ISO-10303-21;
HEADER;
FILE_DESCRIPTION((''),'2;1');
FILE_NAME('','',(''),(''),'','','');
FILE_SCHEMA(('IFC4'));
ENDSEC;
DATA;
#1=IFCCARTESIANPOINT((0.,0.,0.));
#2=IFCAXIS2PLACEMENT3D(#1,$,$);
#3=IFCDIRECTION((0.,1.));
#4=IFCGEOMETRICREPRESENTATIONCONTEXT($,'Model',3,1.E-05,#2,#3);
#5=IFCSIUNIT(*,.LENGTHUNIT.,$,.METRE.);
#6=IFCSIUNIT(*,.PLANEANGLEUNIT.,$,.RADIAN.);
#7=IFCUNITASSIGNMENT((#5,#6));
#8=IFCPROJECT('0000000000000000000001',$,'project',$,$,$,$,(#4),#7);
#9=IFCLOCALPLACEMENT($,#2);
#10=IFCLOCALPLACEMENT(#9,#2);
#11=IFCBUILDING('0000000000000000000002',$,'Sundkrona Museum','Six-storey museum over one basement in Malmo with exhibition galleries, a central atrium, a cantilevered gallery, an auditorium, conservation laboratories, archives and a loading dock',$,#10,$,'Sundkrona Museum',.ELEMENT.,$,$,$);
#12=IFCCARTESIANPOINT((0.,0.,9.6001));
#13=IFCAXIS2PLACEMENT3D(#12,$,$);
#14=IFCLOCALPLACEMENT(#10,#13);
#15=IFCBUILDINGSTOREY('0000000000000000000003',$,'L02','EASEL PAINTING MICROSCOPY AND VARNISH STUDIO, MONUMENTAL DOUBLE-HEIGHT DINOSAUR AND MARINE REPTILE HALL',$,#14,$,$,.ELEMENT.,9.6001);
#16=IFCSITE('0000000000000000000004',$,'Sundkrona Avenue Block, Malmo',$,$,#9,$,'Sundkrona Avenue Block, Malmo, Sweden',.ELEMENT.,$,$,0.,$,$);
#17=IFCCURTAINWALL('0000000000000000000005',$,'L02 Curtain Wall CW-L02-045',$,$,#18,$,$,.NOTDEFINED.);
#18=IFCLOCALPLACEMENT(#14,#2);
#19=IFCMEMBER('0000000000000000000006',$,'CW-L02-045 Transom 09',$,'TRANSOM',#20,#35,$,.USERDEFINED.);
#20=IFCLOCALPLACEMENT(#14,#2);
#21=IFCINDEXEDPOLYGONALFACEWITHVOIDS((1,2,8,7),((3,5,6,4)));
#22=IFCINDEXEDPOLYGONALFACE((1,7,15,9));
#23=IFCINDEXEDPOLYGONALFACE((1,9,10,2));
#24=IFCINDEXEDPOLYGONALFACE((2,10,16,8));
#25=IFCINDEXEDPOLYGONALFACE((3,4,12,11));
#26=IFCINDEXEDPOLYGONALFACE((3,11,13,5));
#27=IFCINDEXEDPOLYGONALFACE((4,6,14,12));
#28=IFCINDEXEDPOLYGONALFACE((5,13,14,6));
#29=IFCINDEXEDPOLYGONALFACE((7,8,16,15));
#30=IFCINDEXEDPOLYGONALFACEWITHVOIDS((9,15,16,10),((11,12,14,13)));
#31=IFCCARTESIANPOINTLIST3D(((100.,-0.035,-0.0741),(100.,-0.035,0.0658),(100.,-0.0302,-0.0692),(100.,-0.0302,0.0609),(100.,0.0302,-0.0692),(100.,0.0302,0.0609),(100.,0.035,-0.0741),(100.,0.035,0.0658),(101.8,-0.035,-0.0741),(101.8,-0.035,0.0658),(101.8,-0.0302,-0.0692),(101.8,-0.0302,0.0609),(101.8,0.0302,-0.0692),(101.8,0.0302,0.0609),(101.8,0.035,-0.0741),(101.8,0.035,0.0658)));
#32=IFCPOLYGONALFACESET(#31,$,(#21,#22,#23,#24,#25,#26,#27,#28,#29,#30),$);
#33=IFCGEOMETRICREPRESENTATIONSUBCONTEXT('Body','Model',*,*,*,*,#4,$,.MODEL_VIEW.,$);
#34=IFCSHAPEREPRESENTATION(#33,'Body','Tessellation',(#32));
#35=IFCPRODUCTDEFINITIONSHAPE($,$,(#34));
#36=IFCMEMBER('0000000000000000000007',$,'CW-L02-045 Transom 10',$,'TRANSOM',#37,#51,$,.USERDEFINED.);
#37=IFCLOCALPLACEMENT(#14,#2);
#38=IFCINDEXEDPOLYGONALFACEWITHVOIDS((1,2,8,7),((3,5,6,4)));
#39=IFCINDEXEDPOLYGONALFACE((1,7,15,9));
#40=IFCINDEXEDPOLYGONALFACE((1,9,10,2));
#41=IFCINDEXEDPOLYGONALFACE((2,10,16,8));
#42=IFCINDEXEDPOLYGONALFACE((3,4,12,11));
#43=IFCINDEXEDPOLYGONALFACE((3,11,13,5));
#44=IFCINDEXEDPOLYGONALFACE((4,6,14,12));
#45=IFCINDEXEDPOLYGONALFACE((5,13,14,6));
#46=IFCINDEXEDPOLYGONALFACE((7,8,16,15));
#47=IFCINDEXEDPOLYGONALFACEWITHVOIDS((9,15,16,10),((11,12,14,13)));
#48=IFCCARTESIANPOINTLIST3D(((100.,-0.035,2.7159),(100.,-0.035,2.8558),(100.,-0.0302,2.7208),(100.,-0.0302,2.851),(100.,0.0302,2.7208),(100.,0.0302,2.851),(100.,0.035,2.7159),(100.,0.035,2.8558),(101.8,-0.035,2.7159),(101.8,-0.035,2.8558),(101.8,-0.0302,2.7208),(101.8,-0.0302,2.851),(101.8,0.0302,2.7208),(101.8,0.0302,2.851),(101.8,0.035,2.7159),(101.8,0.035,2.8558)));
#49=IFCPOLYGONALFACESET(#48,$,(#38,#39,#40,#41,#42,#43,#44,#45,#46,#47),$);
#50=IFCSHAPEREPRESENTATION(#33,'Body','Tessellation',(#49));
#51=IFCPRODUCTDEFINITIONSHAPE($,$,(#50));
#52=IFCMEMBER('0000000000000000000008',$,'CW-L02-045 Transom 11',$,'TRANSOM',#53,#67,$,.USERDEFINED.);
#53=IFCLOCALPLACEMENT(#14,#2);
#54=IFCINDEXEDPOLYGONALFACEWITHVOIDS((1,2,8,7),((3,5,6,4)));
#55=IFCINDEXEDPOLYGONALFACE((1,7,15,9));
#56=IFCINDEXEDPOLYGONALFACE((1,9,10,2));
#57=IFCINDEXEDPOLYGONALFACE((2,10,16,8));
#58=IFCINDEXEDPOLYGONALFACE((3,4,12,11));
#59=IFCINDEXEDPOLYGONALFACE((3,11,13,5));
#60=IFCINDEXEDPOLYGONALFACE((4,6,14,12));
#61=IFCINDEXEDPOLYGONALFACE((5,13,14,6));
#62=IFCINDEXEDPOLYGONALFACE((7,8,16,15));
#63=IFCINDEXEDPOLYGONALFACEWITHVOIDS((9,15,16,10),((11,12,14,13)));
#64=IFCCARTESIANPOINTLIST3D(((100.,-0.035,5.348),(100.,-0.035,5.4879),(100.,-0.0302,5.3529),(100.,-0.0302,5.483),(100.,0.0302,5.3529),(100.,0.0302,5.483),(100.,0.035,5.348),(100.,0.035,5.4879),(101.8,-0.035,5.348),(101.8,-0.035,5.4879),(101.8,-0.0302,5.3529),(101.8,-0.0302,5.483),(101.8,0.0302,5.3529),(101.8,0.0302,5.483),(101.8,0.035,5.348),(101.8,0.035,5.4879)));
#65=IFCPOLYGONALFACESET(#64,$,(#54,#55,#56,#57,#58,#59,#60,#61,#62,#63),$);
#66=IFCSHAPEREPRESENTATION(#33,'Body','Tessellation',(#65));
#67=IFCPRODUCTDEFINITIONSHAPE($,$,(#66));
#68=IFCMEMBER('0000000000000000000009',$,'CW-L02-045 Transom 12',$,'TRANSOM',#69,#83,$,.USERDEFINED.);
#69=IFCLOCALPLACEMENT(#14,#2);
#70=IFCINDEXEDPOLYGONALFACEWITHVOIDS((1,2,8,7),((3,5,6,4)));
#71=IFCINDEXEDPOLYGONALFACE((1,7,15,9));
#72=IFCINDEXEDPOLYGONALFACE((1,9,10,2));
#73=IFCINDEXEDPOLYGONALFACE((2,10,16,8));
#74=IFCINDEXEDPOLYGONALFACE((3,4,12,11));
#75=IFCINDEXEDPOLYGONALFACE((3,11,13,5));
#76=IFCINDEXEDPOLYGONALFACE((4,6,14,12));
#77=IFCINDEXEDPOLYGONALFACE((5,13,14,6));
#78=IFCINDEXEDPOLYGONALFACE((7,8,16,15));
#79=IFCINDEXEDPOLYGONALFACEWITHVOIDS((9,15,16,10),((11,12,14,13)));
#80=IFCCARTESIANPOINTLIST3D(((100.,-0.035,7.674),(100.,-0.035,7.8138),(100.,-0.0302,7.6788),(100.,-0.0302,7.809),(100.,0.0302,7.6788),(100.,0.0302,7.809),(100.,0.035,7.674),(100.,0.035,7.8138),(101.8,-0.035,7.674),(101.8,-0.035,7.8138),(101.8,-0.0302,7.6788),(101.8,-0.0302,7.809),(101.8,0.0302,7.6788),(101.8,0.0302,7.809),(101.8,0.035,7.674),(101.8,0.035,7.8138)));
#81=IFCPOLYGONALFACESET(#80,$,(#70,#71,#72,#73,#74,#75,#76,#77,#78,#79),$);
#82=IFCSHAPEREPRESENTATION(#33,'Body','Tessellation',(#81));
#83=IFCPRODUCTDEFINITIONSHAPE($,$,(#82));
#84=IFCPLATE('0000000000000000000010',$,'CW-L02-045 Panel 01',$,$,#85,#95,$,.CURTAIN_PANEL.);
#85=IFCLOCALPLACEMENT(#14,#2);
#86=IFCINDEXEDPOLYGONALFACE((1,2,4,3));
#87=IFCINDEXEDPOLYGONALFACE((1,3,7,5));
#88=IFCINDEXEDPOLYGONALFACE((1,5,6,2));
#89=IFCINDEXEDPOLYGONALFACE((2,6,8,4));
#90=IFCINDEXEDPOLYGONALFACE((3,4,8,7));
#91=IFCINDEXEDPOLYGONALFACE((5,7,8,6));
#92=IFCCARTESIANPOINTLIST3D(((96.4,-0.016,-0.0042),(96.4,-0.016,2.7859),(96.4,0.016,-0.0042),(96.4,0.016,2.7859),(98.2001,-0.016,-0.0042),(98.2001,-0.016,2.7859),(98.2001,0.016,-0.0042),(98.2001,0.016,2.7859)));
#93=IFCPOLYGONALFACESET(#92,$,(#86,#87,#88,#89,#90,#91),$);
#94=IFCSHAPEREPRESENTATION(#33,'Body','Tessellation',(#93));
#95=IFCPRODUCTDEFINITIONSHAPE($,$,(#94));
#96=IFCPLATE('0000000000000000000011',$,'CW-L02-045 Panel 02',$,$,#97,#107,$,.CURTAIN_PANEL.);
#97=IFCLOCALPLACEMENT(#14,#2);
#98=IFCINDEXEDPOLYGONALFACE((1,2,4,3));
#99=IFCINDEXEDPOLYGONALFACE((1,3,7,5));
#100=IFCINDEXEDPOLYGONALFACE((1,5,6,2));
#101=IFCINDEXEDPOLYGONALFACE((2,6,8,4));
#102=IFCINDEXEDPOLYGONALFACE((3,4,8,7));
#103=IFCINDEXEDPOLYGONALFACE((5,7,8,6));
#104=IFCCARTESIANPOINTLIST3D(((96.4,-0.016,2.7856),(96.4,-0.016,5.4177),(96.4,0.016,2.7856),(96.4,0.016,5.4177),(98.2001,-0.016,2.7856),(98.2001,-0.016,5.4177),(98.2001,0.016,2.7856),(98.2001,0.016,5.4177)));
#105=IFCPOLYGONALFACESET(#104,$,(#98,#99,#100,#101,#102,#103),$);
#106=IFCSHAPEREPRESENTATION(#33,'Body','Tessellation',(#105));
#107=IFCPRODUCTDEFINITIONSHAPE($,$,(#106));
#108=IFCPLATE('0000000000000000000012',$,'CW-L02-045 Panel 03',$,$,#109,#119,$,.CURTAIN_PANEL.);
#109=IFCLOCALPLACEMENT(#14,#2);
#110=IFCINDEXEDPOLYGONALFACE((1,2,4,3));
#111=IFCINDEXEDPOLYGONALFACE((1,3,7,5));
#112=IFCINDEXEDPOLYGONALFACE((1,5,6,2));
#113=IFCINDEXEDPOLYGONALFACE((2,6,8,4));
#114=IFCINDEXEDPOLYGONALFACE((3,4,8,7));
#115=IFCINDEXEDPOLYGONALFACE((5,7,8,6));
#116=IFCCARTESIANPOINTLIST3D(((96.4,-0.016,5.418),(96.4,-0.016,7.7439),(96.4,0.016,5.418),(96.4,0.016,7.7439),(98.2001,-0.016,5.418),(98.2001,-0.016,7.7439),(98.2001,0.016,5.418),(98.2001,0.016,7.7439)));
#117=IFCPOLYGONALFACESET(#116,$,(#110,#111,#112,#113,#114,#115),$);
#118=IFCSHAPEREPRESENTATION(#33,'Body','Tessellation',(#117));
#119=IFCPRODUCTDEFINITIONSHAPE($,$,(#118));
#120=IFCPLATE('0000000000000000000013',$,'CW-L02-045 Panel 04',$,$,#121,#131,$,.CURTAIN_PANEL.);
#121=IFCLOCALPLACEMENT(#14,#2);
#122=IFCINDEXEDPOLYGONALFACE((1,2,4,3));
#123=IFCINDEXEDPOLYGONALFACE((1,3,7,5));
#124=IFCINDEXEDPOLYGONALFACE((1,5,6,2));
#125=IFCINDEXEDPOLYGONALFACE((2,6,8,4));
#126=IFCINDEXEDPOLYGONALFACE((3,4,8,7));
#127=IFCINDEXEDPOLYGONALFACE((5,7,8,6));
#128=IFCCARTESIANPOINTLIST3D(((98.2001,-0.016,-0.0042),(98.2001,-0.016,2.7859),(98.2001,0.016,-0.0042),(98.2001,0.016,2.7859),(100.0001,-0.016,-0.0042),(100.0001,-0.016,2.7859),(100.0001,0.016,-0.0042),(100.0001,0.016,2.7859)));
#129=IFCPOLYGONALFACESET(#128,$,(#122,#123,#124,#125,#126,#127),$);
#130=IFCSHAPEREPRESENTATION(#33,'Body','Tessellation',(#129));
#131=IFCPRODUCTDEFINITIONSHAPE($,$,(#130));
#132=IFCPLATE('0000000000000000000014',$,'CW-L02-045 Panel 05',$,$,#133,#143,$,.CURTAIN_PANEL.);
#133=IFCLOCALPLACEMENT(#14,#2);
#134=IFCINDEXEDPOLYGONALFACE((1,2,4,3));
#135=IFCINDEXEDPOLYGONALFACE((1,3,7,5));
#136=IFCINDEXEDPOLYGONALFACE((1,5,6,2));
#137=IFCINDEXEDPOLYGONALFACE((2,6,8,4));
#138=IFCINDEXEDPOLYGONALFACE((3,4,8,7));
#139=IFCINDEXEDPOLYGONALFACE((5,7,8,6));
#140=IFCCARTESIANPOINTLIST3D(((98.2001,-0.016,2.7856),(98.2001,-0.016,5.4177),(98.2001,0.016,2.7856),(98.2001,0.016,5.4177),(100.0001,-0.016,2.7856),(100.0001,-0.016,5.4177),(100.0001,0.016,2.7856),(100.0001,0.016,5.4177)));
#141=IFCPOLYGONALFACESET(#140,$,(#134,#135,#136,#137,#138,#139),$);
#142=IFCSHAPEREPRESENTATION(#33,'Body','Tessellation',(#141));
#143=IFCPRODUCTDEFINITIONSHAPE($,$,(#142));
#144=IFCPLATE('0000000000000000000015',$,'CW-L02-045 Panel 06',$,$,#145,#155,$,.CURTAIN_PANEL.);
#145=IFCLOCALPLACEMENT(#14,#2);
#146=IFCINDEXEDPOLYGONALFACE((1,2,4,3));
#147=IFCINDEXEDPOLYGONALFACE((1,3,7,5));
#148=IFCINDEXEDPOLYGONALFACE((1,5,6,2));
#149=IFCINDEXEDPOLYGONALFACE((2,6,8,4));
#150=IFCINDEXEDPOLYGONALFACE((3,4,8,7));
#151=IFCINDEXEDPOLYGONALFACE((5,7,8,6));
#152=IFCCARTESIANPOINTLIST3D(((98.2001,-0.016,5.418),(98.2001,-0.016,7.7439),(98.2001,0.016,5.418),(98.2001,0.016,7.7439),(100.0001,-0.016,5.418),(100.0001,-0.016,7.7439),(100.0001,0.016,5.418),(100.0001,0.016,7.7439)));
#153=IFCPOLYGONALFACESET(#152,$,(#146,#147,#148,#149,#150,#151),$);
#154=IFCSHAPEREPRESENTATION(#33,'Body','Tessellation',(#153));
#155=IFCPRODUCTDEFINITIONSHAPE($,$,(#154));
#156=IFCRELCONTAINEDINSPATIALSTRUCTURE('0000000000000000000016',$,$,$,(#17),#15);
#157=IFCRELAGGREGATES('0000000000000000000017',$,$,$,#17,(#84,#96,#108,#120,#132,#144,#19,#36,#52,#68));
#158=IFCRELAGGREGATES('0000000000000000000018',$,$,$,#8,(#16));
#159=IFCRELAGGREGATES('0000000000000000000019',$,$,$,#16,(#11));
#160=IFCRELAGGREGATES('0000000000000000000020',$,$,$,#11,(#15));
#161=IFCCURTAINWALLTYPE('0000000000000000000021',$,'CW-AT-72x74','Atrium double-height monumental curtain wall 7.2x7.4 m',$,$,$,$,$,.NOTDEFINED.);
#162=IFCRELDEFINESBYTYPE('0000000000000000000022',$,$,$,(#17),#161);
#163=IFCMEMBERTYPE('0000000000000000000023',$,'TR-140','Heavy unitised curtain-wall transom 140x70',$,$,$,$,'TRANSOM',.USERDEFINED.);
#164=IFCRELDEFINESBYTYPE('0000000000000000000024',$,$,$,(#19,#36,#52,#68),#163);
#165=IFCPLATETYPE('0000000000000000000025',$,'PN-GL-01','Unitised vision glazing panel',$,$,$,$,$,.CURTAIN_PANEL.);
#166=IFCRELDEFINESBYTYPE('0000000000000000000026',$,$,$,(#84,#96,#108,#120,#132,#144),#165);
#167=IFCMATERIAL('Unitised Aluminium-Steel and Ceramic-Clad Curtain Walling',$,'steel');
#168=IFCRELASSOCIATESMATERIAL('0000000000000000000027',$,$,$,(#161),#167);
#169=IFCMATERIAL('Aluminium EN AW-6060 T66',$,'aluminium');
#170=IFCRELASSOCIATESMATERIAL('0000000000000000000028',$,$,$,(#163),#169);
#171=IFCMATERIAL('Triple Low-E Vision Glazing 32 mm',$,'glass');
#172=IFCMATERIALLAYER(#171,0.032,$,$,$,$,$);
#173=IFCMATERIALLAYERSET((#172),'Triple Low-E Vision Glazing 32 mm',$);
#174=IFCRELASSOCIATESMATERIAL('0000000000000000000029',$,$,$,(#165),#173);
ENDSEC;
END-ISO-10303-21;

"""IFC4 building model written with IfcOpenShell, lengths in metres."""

from ifc_helpers import new_model, si_unit, direction, frame, origin, origin_2d, place, context, subcontext, project, spatial, rectangle, hollow_rectangle, extrude, material, layer, layer_set, material_profile, profile_set, type_object, element, aggregate, save


model = new_model("IFC4")

# Units and contexts
model_context = context("Model", 3, precision=1e-05, world=origin(), true_north=direction((0.0, 1.0)))
body_context = subcontext(model_context, "Body", "Model", "MODEL_VIEW")
ifc_project = project(units=[si_unit("LENGTHUNIT", "METRE"), si_unit("PLANEANGLEUNIT", "RADIAN")], contexts=[model_context])

# Site, building, storey
site_placement = place(None, origin())
site = spatial("IfcSite", under=ifc_project, at=site_placement, Name="Sundkrona Avenue Block, Malmo", LongName="Sundkrona Avenue Block, Malmo, Sweden", CompositionType="ELEMENT", RefElevation=0.0)
building_placement = place(site_placement, origin())
building = spatial("IfcBuilding", under=site, at=building_placement, Name="Sundkrona Museum", Description="Six-storey museum over one basement in Malmo with exhibition galleries, a central atrium, a cantilevered gallery, an auditorium, conservation laboratories, archives and a loading dock", LongName="Sundkrona Museum", CompositionType="ELEMENT")
storey_placement = place(building_placement, frame((0.0, 0.0, 9.6001)))
storey = spatial("IfcBuildingStorey", under=building, at=storey_placement, Name="L02", Description="EASEL PAINTING MICROSCOPY AND VARNISH STUDIO, MONUMENTAL DOUBLE-HEIGHT DINOSAUR AND MARINE REPTILE HALL", CompositionType="ELEMENT", Elevation=9.6001)

# Curtain wall
ifc_material_1 = material(Name="Unitised Aluminium-Steel and Ceramic-Clad Curtain Walling", Category="steel")
curtain_wall_type = type_object("IfcCurtainWallType", Name="CW-AT-72x74", Description="Atrium double-height monumental curtain wall 7.2x7.4 m", PredefinedType="NOTDEFINED", material=ifc_material_1)
curtain_wall_placement = place(storey_placement, origin())
curtain_wall = element("IfcCurtainWall", 1, at=curtain_wall_placement, inside=storey, type_object=curtain_wall_type, Name="L02 Curtain Wall CW-L02-045", PredefinedType="NOTDEFINED")
ifc_material_2 = material(Name="Aluminium EN AW-6060 T66", Category="aluminium")

# Members
ifc_material_profile_1 = material_profile(ifc_material_2, hollow_rectangle(XDim=0.0701, YDim=0.1399, WallThickness=0.0049, at=origin_2d()), Name="RHS 140x70x5.0")
ifc_profile_set_1 = profile_set([ifc_material_profile_1], Name="Aluminium EN AW-6060 T66")
member_type_1 = type_object("IfcMemberType", Name="TR-140", Description="Heavy unitised curtain-wall transom 140x70", ElementType="TRANSOM", PredefinedType="USERDEFINED", material=ifc_profile_set_1)
member_1_placement = place(storey_placement, frame((100.0, 0.0, -0.0042), z_axis=(1.0, 0.0, 0.0), x_axis=(0.0, 1.0, 0.0)))
member_1 = element("IfcMember", 2, at=member_1_placement, type_object=member_type_1, Name="CW-L02-045 Transom 09", ObjectType="TRANSOM", PredefinedType="USERDEFINED", context=body_context, shape_type="SweptSolid", body=[
    extrude(hollow_rectangle(XDim=0.0701, YDim=0.1399, WallThickness=0.0049, at=origin_2d()), origin(), (0.0, 0.0, 1.0), 1.8),
])
member_2_placement = place(storey_placement, frame((100.0, 0.0, 2.7859), z_axis=(1.0, 0.0, 0.0), x_axis=(0.0, 1.0, 0.0)))
member_2 = element("IfcMember", 3, at=member_2_placement, type_object=member_type_1, Name="CW-L02-045 Transom 10", ObjectType="TRANSOM", PredefinedType="USERDEFINED", context=body_context, shape_type="SweptSolid", body=[
    extrude(hollow_rectangle(XDim=0.0701, YDim=0.1399, WallThickness=0.0049, at=origin_2d()), origin(), (0.0, 0.0, 1.0), 1.8),
])
member_3_placement = place(storey_placement, frame((100.0, 0.0, 5.418), z_axis=(1.0, 0.0, 0.0), x_axis=(0.0, 1.0, 0.0)))
member_3 = element("IfcMember", 4, at=member_3_placement, type_object=member_type_1, Name="CW-L02-045 Transom 11", ObjectType="TRANSOM", PredefinedType="USERDEFINED", context=body_context, shape_type="SweptSolid", body=[
    extrude(hollow_rectangle(XDim=0.0701, YDim=0.1399, WallThickness=0.0049, at=origin_2d()), origin(), (0.0, 0.0, 1.0), 1.8),
])
member_4_placement = place(storey_placement, frame((100.0, 0.0, 7.7439), z_axis=(1.0, 0.0, 0.0), x_axis=(0.0, 1.0, 0.0)))
member_4 = element("IfcMember", 5, at=member_4_placement, type_object=member_type_1, Name="CW-L02-045 Transom 12", ObjectType="TRANSOM", PredefinedType="USERDEFINED", context=body_context, shape_type="SweptSolid", body=[
    extrude(hollow_rectangle(XDim=0.0701, YDim=0.1399, WallThickness=0.0049, at=origin_2d()), origin(), (0.0, 0.0, 1.0), 1.8),
])

# Plates
ifc_material_3 = material(Name="Triple Low-E Vision Glazing 32 mm", Category="glass")
ifc_layer = layer(ifc_material_3, 0.032)
ifc_layer_set = layer_set([ifc_layer], Name="Triple Low-E Vision Glazing 32 mm")
plate_type = type_object("IfcPlateType", Name="PN-GL-01", Description="Unitised vision glazing panel", PredefinedType="CURTAIN_PANEL", material=ifc_layer_set)
plate_1_placement = place(storey_placement, frame((97.3, 0.0, -0.0042), z_axis=(0.0, 0.0, 1.0), x_axis=(1.0, 0.0, 0.0)))
plate_1 = element("IfcPlate", 6, at=plate_1_placement, type_object=plate_type, Name="CW-L02-045 Panel 01", PredefinedType="CURTAIN_PANEL", context=body_context, shape_type="SweptSolid", body=[
    extrude(rectangle(XDim=1.8, YDim=0.032, at=origin_2d()), origin(), (0.0, 0.0, 1.0), 2.79),
])
plate_2_placement = place(storey_placement, frame((97.3, 0.0, 2.7856), z_axis=(0.0, 0.0, 1.0), x_axis=(1.0, 0.0, 0.0)))
plate_2 = element("IfcPlate", 7, at=plate_2_placement, type_object=plate_type, Name="CW-L02-045 Panel 02", PredefinedType="CURTAIN_PANEL", context=body_context, shape_type="SweptSolid", body=[
    extrude(rectangle(XDim=1.8, YDim=0.032, at=origin_2d()), origin(), (0.0, 0.0, 1.0), 2.6321),
])
plate_3_placement = place(storey_placement, frame((97.3, 0.0, 5.418), z_axis=(0.0, 0.0, 1.0), x_axis=(1.0, 0.0, 0.0)))
plate_3 = element("IfcPlate", 8, at=plate_3_placement, type_object=plate_type, Name="CW-L02-045 Panel 03", PredefinedType="CURTAIN_PANEL", context=body_context, shape_type="SweptSolid", body=[
    extrude(rectangle(XDim=1.8, YDim=0.032, at=origin_2d()), origin(), (0.0, 0.0, 1.0), 2.3259),
])
plate_4_placement = place(storey_placement, frame((99.1001, 0.0, -0.0042), z_axis=(0.0, 0.0, 1.0), x_axis=(1.0, 0.0, 0.0)))
plate_4 = element("IfcPlate", 9, at=plate_4_placement, type_object=plate_type, Name="CW-L02-045 Panel 04", PredefinedType="CURTAIN_PANEL", context=body_context, shape_type="SweptSolid", body=[
    extrude(rectangle(XDim=1.8, YDim=0.032, at=origin_2d()), origin(), (0.0, 0.0, 1.0), 2.79),
])
plate_5_placement = place(storey_placement, frame((99.1001, 0.0, 2.7856), z_axis=(0.0, 0.0, 1.0), x_axis=(1.0, 0.0, 0.0)))
plate_5 = element("IfcPlate", 10, at=plate_5_placement, type_object=plate_type, Name="CW-L02-045 Panel 05", PredefinedType="CURTAIN_PANEL", context=body_context, shape_type="SweptSolid", body=[
    extrude(rectangle(XDim=1.8, YDim=0.032, at=origin_2d()), origin(), (0.0, 0.0, 1.0), 2.6321),
])
plate_6_placement = place(storey_placement, frame((99.1001, 0.0, 5.418), z_axis=(0.0, 0.0, 1.0), x_axis=(1.0, 0.0, 0.0)))
plate_6 = element("IfcPlate", 11, at=plate_6_placement, type_object=plate_type, Name="CW-L02-045 Panel 06", PredefinedType="CURTAIN_PANEL", context=body_context, shape_type="SweptSolid", body=[
    extrude(rectangle(XDim=1.8, YDim=0.032, at=origin_2d()), origin(), (0.0, 0.0, 1.0), 2.3259),
])
aggregate(curtain_wall, [plate_1, plate_2, plate_3, plate_4, plate_5, plate_6, member_1, member_2, member_3, member_4])

save(model, "model.ifc")
